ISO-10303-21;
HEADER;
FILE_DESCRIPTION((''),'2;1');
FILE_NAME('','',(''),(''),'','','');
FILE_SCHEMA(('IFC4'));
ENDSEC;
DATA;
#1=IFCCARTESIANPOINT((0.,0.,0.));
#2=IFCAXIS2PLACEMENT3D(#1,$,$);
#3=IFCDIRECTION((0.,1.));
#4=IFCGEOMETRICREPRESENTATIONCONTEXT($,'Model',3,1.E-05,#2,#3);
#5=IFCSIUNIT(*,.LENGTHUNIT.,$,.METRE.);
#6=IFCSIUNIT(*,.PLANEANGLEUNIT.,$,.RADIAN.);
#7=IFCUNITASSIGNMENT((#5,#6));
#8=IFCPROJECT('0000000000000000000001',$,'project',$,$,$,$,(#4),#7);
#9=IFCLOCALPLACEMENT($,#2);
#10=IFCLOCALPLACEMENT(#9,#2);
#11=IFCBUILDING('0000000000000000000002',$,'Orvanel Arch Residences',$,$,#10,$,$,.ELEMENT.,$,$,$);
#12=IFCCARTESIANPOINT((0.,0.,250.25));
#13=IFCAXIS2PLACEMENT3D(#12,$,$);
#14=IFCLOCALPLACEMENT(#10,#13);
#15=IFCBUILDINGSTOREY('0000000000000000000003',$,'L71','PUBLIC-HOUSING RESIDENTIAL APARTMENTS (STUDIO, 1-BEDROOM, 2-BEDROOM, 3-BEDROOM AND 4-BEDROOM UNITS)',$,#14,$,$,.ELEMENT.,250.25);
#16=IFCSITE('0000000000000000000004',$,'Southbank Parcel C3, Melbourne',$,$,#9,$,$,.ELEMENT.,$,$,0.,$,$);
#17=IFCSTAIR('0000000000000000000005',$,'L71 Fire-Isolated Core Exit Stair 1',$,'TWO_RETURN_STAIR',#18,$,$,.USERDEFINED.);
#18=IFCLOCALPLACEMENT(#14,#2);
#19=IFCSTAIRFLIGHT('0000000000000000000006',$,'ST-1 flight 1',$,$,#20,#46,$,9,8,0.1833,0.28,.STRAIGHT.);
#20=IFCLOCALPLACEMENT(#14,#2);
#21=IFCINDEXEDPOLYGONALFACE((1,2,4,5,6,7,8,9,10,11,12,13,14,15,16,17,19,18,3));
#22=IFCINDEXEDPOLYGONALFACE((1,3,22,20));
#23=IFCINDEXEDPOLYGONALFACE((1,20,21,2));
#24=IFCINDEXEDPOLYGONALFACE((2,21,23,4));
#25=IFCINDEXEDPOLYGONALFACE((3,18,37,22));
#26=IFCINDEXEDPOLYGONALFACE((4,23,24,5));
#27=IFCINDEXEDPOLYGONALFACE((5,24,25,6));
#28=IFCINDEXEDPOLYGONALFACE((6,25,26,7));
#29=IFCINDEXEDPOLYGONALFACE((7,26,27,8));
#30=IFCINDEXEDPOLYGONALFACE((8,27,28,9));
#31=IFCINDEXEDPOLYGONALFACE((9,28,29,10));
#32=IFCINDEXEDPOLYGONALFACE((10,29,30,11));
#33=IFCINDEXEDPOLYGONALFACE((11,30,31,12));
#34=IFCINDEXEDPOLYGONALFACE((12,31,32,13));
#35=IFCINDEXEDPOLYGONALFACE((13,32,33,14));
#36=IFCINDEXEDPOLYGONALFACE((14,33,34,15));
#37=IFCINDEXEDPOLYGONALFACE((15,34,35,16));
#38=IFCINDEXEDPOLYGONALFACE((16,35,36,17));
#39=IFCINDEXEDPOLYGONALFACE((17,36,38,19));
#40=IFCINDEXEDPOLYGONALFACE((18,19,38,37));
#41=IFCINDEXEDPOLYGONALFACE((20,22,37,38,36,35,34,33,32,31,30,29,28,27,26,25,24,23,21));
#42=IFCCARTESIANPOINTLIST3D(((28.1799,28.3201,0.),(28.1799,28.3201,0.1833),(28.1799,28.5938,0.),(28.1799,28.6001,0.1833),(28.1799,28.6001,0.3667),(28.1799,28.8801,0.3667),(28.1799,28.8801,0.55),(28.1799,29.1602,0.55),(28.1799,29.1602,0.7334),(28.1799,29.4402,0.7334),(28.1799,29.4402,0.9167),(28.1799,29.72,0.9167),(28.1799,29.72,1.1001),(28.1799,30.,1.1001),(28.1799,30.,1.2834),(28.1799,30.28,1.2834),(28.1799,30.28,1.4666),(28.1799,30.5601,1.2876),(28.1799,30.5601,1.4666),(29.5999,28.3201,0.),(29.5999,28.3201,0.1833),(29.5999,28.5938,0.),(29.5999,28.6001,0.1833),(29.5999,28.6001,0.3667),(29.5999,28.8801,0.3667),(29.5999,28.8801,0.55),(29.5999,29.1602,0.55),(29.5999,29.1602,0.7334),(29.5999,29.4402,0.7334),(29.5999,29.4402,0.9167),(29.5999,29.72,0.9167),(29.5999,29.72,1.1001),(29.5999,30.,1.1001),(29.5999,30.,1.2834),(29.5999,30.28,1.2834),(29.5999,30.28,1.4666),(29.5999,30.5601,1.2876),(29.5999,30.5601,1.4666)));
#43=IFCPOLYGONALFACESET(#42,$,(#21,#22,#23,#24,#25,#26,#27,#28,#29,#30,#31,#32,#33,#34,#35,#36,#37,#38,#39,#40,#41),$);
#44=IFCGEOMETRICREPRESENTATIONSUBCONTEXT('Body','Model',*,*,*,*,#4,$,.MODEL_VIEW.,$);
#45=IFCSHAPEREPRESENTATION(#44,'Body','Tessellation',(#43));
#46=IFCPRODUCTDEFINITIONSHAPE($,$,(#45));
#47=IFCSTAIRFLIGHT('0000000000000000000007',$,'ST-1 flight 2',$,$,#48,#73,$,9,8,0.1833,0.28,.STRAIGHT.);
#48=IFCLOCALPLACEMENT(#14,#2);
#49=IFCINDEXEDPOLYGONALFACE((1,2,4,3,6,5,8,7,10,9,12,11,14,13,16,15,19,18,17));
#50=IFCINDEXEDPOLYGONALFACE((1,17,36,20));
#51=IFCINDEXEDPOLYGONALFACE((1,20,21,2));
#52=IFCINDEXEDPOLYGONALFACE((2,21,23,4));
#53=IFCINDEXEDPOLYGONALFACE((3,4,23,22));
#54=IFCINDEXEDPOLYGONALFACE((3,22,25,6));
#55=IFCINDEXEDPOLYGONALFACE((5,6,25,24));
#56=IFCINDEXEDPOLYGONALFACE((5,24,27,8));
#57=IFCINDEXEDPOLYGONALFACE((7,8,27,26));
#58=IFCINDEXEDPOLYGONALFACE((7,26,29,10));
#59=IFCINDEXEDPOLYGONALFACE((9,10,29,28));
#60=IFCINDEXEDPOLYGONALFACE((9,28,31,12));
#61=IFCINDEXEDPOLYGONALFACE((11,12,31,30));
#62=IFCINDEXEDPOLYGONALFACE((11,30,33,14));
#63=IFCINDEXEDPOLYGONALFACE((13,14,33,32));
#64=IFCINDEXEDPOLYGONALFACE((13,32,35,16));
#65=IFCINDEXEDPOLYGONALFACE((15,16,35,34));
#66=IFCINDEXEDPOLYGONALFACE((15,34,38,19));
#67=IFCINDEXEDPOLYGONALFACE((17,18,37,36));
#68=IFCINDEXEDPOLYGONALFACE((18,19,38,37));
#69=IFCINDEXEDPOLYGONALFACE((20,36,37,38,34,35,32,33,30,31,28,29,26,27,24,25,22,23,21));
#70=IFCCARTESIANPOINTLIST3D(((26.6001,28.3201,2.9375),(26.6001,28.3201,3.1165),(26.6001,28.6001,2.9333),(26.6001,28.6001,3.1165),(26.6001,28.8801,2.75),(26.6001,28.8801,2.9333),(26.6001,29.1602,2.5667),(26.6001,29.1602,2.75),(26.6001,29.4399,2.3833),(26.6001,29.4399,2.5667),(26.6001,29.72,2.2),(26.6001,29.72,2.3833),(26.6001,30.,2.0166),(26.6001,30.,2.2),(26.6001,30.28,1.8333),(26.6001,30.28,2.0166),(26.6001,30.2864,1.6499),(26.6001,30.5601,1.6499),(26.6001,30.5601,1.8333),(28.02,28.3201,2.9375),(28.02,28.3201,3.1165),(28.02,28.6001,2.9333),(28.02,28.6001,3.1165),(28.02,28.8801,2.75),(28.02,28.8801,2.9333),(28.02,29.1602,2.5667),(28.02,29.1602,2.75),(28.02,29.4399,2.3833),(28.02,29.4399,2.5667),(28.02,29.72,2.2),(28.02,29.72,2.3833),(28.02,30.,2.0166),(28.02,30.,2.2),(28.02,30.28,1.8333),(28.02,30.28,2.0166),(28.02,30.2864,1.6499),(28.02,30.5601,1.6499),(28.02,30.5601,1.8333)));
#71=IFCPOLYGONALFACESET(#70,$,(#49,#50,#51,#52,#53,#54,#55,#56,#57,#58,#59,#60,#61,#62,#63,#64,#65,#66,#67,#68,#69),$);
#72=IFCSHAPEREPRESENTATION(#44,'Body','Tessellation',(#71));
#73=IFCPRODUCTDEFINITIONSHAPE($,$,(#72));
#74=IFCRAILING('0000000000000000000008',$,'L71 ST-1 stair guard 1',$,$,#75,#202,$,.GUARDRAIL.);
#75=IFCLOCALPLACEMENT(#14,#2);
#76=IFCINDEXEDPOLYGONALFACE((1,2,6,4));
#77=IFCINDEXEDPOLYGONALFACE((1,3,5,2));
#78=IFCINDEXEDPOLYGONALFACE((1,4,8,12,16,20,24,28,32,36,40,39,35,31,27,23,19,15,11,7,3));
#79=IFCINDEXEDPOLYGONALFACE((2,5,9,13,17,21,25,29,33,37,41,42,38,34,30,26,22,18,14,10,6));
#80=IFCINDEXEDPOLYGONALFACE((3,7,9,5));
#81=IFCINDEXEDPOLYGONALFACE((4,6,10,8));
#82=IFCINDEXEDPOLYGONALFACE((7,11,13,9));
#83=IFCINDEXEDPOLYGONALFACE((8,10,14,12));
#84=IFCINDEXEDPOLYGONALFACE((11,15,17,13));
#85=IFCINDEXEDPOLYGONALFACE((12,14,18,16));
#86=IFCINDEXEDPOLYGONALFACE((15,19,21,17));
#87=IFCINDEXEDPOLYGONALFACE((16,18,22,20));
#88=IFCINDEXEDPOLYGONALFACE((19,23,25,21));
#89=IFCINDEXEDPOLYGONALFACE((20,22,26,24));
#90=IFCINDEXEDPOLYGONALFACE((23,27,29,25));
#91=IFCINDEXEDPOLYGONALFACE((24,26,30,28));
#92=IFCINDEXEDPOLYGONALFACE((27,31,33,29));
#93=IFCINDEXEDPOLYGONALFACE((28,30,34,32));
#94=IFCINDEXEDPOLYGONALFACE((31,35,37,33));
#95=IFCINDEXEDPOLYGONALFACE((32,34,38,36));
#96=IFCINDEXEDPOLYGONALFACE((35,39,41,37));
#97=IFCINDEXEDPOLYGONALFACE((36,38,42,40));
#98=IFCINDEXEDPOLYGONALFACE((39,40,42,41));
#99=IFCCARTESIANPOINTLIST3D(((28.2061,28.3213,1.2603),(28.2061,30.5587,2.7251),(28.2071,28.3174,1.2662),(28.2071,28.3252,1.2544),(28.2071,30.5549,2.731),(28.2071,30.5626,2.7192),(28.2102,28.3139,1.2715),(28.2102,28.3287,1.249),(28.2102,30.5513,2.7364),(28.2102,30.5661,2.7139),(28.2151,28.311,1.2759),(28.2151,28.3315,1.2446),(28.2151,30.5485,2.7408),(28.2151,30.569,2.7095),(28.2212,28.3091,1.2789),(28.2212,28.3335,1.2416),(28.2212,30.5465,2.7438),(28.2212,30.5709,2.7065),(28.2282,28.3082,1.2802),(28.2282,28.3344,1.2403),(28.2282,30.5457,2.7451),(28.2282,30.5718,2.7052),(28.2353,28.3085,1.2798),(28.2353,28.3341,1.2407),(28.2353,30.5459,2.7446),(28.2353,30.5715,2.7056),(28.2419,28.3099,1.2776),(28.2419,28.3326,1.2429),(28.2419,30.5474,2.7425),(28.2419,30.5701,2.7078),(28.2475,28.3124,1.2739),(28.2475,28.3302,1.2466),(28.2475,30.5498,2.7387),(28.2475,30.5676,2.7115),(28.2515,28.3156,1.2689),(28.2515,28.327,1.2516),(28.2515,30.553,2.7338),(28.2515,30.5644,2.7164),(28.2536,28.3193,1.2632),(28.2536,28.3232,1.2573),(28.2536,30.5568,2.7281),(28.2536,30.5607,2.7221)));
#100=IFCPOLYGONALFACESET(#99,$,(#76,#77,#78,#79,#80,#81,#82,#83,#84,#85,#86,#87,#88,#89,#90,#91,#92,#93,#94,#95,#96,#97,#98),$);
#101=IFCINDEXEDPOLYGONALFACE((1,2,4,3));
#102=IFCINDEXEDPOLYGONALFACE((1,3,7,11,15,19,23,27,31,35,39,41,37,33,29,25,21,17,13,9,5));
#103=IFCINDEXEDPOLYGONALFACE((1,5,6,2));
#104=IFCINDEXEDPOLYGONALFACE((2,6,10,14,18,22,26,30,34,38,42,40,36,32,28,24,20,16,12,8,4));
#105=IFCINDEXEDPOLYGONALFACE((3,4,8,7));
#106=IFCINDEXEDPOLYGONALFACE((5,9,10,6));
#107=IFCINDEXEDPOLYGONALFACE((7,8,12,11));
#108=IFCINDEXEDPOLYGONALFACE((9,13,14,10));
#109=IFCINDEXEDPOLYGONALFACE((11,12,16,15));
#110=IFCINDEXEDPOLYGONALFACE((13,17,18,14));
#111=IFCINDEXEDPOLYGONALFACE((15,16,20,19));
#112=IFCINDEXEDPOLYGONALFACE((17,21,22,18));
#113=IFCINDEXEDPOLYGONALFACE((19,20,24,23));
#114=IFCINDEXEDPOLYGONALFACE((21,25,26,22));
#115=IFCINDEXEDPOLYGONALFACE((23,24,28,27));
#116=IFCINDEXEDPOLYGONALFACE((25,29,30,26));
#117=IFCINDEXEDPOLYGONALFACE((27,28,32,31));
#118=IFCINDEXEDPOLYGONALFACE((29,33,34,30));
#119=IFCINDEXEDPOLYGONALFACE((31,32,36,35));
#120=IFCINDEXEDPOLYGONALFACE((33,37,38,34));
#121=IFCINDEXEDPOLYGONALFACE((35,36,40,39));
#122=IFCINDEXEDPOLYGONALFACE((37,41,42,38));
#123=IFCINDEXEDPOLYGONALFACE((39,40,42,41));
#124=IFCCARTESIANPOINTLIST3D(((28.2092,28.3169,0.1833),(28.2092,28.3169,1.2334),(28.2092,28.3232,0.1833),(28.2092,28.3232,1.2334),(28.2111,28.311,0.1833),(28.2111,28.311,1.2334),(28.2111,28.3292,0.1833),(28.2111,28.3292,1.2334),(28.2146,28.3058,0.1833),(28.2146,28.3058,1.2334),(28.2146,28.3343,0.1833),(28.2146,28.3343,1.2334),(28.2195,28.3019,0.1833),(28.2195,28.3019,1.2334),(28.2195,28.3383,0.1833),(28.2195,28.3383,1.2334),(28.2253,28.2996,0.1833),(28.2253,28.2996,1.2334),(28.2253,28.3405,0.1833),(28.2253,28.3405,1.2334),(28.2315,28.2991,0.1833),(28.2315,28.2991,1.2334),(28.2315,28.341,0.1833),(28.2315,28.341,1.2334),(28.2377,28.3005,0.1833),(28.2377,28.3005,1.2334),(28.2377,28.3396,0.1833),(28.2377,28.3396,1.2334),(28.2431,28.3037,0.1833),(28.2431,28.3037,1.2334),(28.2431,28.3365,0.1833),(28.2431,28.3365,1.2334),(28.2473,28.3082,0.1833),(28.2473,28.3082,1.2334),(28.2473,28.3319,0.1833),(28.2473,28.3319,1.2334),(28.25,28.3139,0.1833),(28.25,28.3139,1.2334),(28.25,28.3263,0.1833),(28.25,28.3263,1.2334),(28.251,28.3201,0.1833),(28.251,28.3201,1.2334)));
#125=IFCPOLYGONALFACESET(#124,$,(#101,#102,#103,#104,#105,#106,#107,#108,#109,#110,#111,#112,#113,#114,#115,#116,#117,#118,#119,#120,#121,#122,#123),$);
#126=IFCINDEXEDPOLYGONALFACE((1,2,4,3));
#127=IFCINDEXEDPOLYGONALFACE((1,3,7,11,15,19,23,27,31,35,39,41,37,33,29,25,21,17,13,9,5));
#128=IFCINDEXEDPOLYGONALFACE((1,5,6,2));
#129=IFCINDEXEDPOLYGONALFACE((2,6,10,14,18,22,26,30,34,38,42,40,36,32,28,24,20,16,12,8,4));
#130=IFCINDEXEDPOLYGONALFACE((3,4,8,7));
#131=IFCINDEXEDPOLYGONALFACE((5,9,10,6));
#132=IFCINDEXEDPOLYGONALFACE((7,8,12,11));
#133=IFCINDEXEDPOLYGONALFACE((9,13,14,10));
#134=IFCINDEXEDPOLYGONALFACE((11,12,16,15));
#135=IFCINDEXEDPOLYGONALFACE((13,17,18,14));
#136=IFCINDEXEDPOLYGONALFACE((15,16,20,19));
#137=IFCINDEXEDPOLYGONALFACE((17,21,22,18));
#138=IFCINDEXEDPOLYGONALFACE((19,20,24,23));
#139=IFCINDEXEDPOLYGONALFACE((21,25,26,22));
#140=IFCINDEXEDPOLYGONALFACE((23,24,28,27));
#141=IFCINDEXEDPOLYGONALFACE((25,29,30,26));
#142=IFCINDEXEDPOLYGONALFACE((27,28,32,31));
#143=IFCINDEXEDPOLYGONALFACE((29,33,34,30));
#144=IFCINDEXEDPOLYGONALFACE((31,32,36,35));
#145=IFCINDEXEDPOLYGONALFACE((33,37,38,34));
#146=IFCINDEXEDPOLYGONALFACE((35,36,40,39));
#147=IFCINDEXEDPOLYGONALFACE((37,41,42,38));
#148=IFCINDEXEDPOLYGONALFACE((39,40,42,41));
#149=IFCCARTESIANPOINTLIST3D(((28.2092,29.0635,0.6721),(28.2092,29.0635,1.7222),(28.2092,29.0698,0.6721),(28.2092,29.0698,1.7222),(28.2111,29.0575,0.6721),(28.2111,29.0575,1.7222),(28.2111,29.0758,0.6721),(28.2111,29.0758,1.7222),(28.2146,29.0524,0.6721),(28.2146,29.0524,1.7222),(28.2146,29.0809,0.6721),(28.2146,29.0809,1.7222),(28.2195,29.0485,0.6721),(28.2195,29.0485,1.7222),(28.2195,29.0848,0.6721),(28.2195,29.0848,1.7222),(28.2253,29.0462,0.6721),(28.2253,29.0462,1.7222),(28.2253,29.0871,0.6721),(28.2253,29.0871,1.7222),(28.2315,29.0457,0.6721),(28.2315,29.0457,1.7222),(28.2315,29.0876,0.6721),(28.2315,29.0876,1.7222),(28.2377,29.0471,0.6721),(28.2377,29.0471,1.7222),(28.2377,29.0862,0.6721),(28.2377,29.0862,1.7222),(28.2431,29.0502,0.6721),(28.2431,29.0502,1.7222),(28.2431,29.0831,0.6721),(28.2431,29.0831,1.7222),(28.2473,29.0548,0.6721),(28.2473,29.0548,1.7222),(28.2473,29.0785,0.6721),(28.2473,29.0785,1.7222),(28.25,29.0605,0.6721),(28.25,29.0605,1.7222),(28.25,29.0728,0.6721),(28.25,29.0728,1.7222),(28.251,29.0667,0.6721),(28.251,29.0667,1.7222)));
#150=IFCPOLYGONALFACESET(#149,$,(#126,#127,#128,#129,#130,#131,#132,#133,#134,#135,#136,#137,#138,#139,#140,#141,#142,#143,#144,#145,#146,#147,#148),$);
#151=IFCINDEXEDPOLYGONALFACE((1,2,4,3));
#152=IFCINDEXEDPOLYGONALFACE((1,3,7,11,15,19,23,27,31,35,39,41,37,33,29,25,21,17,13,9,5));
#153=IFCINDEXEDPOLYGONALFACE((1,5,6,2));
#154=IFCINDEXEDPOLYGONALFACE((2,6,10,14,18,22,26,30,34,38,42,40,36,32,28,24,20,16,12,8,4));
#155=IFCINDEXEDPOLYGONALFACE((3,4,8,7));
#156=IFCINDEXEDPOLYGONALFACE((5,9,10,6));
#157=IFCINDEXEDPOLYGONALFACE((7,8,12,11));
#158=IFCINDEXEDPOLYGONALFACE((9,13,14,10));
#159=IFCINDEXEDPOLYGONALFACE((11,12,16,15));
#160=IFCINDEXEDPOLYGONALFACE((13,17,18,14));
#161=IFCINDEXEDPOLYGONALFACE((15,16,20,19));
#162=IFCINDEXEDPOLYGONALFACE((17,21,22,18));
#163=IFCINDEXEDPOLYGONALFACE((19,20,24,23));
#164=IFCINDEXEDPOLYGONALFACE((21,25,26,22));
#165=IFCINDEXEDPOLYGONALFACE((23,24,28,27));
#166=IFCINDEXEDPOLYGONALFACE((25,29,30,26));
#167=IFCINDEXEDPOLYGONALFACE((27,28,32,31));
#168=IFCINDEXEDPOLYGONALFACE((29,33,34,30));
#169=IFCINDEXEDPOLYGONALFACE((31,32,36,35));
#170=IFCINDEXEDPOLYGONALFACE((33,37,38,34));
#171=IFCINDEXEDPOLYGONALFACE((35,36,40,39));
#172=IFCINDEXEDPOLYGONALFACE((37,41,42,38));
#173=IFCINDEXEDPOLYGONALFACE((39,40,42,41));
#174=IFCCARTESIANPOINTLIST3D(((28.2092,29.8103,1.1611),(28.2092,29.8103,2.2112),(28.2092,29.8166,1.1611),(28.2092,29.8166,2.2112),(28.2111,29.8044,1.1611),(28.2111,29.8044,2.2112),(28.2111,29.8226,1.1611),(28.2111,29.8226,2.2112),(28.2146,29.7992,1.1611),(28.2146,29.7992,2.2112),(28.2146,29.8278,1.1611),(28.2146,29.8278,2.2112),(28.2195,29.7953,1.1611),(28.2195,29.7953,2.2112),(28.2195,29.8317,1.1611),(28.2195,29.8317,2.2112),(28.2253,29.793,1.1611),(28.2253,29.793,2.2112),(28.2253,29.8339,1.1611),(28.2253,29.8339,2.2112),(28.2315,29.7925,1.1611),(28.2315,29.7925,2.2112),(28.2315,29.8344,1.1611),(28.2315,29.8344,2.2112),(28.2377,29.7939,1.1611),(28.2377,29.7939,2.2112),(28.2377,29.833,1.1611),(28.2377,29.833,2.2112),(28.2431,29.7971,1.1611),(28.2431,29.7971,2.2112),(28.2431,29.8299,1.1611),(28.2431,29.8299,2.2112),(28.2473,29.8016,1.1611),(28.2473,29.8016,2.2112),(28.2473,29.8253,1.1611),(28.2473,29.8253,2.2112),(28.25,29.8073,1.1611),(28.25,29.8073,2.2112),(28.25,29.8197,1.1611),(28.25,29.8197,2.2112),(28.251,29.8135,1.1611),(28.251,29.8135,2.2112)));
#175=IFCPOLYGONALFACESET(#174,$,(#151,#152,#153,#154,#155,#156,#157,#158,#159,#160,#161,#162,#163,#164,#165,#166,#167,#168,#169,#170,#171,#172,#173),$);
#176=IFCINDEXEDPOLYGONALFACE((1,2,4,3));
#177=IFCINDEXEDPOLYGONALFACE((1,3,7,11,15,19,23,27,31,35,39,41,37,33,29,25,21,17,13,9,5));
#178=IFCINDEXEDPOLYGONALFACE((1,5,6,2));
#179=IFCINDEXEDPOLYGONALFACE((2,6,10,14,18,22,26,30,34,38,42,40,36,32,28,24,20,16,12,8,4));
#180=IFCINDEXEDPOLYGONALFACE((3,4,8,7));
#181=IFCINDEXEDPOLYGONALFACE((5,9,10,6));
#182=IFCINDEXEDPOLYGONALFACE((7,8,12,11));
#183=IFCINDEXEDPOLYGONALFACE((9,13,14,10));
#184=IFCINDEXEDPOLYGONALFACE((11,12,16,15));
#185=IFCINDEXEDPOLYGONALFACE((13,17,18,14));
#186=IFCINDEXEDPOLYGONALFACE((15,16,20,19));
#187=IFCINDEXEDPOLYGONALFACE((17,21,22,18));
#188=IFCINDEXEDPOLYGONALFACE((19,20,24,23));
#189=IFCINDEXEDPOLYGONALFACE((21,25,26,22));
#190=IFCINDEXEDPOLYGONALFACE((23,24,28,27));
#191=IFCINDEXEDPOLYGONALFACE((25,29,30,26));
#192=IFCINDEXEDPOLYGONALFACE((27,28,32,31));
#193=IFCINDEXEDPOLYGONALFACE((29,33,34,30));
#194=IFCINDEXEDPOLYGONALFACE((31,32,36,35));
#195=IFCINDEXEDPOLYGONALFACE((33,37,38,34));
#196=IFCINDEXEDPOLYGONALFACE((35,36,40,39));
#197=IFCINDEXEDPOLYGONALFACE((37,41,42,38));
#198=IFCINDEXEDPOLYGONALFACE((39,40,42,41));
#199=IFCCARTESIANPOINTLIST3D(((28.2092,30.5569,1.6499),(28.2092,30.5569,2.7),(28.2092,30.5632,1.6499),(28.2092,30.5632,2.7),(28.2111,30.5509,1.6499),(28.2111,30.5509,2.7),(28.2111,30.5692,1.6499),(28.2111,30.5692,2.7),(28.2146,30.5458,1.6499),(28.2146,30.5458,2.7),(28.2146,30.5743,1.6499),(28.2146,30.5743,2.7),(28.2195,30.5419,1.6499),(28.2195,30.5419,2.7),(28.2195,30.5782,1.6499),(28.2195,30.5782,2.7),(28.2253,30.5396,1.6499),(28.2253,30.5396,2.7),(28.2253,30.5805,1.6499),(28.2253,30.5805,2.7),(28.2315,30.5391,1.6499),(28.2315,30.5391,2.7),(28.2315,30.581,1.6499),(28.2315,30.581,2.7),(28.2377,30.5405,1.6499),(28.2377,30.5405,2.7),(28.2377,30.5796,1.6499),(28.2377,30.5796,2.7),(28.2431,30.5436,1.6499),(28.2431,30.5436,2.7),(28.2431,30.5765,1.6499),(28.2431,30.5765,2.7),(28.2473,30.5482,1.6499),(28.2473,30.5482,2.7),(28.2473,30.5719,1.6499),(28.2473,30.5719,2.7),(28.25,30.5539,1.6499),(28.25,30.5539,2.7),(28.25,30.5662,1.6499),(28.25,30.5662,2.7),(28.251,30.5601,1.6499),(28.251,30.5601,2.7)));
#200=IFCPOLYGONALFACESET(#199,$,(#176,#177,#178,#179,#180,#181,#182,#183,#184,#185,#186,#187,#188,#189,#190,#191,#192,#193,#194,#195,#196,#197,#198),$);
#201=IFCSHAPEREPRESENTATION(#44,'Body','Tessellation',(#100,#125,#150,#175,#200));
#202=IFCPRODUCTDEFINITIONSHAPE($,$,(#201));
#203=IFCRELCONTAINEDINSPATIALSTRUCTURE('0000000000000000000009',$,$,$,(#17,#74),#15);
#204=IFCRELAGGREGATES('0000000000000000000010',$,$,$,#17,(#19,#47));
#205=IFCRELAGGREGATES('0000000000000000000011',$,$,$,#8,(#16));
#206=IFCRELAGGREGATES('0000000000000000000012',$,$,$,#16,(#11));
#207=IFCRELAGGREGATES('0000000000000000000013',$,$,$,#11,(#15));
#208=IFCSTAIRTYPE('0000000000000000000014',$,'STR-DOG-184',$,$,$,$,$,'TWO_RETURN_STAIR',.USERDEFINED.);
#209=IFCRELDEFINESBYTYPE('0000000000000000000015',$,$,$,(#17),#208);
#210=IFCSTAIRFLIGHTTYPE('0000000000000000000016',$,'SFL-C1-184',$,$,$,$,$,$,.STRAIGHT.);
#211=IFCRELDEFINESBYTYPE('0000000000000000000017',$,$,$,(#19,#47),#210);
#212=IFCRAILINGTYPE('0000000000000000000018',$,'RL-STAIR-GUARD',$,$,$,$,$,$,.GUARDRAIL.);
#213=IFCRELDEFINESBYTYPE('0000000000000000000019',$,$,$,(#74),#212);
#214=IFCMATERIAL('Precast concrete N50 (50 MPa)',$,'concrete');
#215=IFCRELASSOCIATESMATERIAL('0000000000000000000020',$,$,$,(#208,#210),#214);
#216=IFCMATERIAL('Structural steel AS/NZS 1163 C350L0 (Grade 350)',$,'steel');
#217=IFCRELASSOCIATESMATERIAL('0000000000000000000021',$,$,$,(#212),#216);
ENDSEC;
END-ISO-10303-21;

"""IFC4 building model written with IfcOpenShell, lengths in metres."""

from ifc_helpers import new_model, si_unit, direction, frame, origin, origin_2d, place, context, subcontext, project, spatial, polyline, circle, outline, extrude, material, type_object, element, aggregate, save


model = new_model("IFC4")

# Units and contexts
model_context = context("Model", 3, precision=1e-05, world=origin(), true_north=direction((0.0, 1.0)))
body_context = subcontext(model_context, "Body", "Model", "MODEL_VIEW")
ifc_project = project(units=[si_unit("LENGTHUNIT", "METRE"), si_unit("PLANEANGLEUNIT", "RADIAN")], contexts=[model_context])

# Site, building, storey
site_placement = place(None, origin())
site = spatial("IfcSite", under=ifc_project, at=site_placement, Name="Southbank Parcel C3, Melbourne", CompositionType="ELEMENT", RefElevation=0.0)
building_placement = place(site_placement, origin())
building = spatial("IfcBuilding", under=site, at=building_placement, Name="Orvanel Arch Residences", CompositionType="ELEMENT")
storey_placement = place(building_placement, frame((0.0, 0.0, 250.25)))
storey = spatial("IfcBuildingStorey", under=building, at=storey_placement, Name="L71", Description="PUBLIC-HOUSING RESIDENTIAL APARTMENTS (STUDIO, 1-BEDROOM, 2-BEDROOM, 3-BEDROOM AND 4-BEDROOM UNITS)", CompositionType="ELEMENT", Elevation=250.25)

# Stair, stair flights
ifc_material_1 = material(Name="Precast concrete N50 (50 MPa)", Category="concrete")
stair_type = type_object("IfcStairType", Name="STR-DOG-184", ElementType="TWO_RETURN_STAIR", PredefinedType="USERDEFINED", material=ifc_material_1)
stair_placement = place(storey_placement, origin())
stair = element("IfcStair", 1, at=stair_placement, inside=storey, type_object=stair_type, Name="L71 Fire-Isolated Core Exit Stair 1", ObjectType="TWO_RETURN_STAIR", PredefinedType="USERDEFINED")
stair_flight_type = type_object("IfcStairFlightType", Name="SFL-C1-184", PredefinedType="STRAIGHT", material=ifc_material_1)
stair_flight_1_placement = place(storey_placement, frame((28.8899, 28.3201, 0.0), z_axis=(0.0, 0.0, 1.0), x_axis=(0.0, 1.0, 0.0)))
stair_flight_1 = element("IfcStairFlight", 2, at=stair_flight_1_placement, type_object=stair_flight_type, Name="ST-1 flight 1", NumberOfRisers=9, NumberOfTreads=8, PredefinedType="STRAIGHT", RiserHeight=0.1833, TreadLength=0.28, context=body_context, shape_type="SweptSolid", body=[
    extrude(outline(polyline([(0.0, 0.0), (0.0, 0.1833), (0.28, 0.1833), (0.28, 0.3667), (0.5601, 0.3667), (0.5601, 0.55), (0.8401, 0.55), (0.8401, 0.7334), (1.1201, 0.7334), (1.1201, 0.9167), (1.3999, 0.9167), (1.3999, 1.1001), (1.6799, 1.1001), (1.6799, 1.2834), (1.96, 1.2834), (1.96, 1.4666), (2.24, 1.4666), (2.24, 1.6499), (2.24, 1.2876), (0.2737, 0.0), (0.0, 0.0)])), frame((0.0, 0.71, 0.0), z_axis=(0.0, -1.0, 0.0), x_axis=(1.0, 0.0, 0.0)), (0.0, 0.0, 1.0), 1.4199),
])
stair_flight_2_placement = place(storey_placement, frame((27.3101, 30.5601, 1.6499), z_axis=(0.0, 0.0, 1.0), x_axis=(0.0, -1.0, 0.0)))
stair_flight_2 = element("IfcStairFlight", 3, at=stair_flight_2_placement, type_object=stair_flight_type, Name="ST-1 flight 2", NumberOfRisers=9, NumberOfTreads=8, PredefinedType="STRAIGHT", RiserHeight=0.1833, TreadLength=0.28, context=body_context, shape_type="SweptSolid", body=[
    extrude(outline(polyline([(0.0, 0.0), (0.0, 0.1833), (0.28, 0.1833), (0.28, 0.3667), (0.5601, 0.3667), (0.5601, 0.55), (0.8401, 0.55), (0.8401, 0.7334), (1.1201, 0.7334), (1.1201, 0.9167), (1.3999, 0.9167), (1.3999, 1.1001), (1.6799, 1.1001), (1.6799, 1.2834), (1.96, 1.2834), (1.96, 1.4666), (2.24, 1.4666), (2.24, 1.6499), (2.24, 1.2876), (0.2737, 0.0), (0.0, 0.0)])), frame((0.0, 0.71, 0.0), z_axis=(0.0, -1.0, 0.0), x_axis=(1.0, 0.0, 0.0)), (0.0, 0.0, 1.0), 1.4199),
])
aggregate(stair, [stair_flight_1, stair_flight_2])

# Railing
ifc_material_2 = material(Name="Structural steel AS/NZS 1163 C350L0 (Grade 350)", Category="steel")
railing_type_1 = type_object("IfcRailingType", Name="RL-STAIR-GUARD", PredefinedType="GUARDRAIL", material=ifc_material_2)
railing_1_placement = place(storey_placement, frame((28.23, 28.3201, 0.1833)))
element("IfcRailing", 4, at=railing_1_placement, inside=storey, type_object=railing_type_1, Name="L71 ST-1 stair guard 1", PredefinedType="GUARDRAIL", context=body_context, shape_type="SweptSolid", body=[
    extrude(circle(Radius=0.0239, at=origin_2d()), frame((0.0, 0.0012, 1.0769), z_axis=(0.0, 0.836637, 0.547758), x_axis=(-1.0, 0.0, 0.0)), (0.0, 0.0, 1.0), 2.6743),
    extrude(circle(Radius=0.021, at=origin_2d()), origin(), (0.0, 0.0, 1.0), 1.05),
    extrude(circle(Radius=0.021, at=origin_2d()), frame((0.0, 0.7466, 0.4888)), (0.0, 0.0, 1.0), 1.05),
    extrude(circle(Radius=0.021, at=origin_2d()), frame((0.0, 1.4934, 0.9778)), (0.0, 0.0, 1.0), 1.05),
    extrude(circle(Radius=0.021, at=origin_2d()), frame((0.0, 2.24, 1.4666)), (0.0, 0.0, 1.0), 1.05),
])

save(model, "model.ifc")
